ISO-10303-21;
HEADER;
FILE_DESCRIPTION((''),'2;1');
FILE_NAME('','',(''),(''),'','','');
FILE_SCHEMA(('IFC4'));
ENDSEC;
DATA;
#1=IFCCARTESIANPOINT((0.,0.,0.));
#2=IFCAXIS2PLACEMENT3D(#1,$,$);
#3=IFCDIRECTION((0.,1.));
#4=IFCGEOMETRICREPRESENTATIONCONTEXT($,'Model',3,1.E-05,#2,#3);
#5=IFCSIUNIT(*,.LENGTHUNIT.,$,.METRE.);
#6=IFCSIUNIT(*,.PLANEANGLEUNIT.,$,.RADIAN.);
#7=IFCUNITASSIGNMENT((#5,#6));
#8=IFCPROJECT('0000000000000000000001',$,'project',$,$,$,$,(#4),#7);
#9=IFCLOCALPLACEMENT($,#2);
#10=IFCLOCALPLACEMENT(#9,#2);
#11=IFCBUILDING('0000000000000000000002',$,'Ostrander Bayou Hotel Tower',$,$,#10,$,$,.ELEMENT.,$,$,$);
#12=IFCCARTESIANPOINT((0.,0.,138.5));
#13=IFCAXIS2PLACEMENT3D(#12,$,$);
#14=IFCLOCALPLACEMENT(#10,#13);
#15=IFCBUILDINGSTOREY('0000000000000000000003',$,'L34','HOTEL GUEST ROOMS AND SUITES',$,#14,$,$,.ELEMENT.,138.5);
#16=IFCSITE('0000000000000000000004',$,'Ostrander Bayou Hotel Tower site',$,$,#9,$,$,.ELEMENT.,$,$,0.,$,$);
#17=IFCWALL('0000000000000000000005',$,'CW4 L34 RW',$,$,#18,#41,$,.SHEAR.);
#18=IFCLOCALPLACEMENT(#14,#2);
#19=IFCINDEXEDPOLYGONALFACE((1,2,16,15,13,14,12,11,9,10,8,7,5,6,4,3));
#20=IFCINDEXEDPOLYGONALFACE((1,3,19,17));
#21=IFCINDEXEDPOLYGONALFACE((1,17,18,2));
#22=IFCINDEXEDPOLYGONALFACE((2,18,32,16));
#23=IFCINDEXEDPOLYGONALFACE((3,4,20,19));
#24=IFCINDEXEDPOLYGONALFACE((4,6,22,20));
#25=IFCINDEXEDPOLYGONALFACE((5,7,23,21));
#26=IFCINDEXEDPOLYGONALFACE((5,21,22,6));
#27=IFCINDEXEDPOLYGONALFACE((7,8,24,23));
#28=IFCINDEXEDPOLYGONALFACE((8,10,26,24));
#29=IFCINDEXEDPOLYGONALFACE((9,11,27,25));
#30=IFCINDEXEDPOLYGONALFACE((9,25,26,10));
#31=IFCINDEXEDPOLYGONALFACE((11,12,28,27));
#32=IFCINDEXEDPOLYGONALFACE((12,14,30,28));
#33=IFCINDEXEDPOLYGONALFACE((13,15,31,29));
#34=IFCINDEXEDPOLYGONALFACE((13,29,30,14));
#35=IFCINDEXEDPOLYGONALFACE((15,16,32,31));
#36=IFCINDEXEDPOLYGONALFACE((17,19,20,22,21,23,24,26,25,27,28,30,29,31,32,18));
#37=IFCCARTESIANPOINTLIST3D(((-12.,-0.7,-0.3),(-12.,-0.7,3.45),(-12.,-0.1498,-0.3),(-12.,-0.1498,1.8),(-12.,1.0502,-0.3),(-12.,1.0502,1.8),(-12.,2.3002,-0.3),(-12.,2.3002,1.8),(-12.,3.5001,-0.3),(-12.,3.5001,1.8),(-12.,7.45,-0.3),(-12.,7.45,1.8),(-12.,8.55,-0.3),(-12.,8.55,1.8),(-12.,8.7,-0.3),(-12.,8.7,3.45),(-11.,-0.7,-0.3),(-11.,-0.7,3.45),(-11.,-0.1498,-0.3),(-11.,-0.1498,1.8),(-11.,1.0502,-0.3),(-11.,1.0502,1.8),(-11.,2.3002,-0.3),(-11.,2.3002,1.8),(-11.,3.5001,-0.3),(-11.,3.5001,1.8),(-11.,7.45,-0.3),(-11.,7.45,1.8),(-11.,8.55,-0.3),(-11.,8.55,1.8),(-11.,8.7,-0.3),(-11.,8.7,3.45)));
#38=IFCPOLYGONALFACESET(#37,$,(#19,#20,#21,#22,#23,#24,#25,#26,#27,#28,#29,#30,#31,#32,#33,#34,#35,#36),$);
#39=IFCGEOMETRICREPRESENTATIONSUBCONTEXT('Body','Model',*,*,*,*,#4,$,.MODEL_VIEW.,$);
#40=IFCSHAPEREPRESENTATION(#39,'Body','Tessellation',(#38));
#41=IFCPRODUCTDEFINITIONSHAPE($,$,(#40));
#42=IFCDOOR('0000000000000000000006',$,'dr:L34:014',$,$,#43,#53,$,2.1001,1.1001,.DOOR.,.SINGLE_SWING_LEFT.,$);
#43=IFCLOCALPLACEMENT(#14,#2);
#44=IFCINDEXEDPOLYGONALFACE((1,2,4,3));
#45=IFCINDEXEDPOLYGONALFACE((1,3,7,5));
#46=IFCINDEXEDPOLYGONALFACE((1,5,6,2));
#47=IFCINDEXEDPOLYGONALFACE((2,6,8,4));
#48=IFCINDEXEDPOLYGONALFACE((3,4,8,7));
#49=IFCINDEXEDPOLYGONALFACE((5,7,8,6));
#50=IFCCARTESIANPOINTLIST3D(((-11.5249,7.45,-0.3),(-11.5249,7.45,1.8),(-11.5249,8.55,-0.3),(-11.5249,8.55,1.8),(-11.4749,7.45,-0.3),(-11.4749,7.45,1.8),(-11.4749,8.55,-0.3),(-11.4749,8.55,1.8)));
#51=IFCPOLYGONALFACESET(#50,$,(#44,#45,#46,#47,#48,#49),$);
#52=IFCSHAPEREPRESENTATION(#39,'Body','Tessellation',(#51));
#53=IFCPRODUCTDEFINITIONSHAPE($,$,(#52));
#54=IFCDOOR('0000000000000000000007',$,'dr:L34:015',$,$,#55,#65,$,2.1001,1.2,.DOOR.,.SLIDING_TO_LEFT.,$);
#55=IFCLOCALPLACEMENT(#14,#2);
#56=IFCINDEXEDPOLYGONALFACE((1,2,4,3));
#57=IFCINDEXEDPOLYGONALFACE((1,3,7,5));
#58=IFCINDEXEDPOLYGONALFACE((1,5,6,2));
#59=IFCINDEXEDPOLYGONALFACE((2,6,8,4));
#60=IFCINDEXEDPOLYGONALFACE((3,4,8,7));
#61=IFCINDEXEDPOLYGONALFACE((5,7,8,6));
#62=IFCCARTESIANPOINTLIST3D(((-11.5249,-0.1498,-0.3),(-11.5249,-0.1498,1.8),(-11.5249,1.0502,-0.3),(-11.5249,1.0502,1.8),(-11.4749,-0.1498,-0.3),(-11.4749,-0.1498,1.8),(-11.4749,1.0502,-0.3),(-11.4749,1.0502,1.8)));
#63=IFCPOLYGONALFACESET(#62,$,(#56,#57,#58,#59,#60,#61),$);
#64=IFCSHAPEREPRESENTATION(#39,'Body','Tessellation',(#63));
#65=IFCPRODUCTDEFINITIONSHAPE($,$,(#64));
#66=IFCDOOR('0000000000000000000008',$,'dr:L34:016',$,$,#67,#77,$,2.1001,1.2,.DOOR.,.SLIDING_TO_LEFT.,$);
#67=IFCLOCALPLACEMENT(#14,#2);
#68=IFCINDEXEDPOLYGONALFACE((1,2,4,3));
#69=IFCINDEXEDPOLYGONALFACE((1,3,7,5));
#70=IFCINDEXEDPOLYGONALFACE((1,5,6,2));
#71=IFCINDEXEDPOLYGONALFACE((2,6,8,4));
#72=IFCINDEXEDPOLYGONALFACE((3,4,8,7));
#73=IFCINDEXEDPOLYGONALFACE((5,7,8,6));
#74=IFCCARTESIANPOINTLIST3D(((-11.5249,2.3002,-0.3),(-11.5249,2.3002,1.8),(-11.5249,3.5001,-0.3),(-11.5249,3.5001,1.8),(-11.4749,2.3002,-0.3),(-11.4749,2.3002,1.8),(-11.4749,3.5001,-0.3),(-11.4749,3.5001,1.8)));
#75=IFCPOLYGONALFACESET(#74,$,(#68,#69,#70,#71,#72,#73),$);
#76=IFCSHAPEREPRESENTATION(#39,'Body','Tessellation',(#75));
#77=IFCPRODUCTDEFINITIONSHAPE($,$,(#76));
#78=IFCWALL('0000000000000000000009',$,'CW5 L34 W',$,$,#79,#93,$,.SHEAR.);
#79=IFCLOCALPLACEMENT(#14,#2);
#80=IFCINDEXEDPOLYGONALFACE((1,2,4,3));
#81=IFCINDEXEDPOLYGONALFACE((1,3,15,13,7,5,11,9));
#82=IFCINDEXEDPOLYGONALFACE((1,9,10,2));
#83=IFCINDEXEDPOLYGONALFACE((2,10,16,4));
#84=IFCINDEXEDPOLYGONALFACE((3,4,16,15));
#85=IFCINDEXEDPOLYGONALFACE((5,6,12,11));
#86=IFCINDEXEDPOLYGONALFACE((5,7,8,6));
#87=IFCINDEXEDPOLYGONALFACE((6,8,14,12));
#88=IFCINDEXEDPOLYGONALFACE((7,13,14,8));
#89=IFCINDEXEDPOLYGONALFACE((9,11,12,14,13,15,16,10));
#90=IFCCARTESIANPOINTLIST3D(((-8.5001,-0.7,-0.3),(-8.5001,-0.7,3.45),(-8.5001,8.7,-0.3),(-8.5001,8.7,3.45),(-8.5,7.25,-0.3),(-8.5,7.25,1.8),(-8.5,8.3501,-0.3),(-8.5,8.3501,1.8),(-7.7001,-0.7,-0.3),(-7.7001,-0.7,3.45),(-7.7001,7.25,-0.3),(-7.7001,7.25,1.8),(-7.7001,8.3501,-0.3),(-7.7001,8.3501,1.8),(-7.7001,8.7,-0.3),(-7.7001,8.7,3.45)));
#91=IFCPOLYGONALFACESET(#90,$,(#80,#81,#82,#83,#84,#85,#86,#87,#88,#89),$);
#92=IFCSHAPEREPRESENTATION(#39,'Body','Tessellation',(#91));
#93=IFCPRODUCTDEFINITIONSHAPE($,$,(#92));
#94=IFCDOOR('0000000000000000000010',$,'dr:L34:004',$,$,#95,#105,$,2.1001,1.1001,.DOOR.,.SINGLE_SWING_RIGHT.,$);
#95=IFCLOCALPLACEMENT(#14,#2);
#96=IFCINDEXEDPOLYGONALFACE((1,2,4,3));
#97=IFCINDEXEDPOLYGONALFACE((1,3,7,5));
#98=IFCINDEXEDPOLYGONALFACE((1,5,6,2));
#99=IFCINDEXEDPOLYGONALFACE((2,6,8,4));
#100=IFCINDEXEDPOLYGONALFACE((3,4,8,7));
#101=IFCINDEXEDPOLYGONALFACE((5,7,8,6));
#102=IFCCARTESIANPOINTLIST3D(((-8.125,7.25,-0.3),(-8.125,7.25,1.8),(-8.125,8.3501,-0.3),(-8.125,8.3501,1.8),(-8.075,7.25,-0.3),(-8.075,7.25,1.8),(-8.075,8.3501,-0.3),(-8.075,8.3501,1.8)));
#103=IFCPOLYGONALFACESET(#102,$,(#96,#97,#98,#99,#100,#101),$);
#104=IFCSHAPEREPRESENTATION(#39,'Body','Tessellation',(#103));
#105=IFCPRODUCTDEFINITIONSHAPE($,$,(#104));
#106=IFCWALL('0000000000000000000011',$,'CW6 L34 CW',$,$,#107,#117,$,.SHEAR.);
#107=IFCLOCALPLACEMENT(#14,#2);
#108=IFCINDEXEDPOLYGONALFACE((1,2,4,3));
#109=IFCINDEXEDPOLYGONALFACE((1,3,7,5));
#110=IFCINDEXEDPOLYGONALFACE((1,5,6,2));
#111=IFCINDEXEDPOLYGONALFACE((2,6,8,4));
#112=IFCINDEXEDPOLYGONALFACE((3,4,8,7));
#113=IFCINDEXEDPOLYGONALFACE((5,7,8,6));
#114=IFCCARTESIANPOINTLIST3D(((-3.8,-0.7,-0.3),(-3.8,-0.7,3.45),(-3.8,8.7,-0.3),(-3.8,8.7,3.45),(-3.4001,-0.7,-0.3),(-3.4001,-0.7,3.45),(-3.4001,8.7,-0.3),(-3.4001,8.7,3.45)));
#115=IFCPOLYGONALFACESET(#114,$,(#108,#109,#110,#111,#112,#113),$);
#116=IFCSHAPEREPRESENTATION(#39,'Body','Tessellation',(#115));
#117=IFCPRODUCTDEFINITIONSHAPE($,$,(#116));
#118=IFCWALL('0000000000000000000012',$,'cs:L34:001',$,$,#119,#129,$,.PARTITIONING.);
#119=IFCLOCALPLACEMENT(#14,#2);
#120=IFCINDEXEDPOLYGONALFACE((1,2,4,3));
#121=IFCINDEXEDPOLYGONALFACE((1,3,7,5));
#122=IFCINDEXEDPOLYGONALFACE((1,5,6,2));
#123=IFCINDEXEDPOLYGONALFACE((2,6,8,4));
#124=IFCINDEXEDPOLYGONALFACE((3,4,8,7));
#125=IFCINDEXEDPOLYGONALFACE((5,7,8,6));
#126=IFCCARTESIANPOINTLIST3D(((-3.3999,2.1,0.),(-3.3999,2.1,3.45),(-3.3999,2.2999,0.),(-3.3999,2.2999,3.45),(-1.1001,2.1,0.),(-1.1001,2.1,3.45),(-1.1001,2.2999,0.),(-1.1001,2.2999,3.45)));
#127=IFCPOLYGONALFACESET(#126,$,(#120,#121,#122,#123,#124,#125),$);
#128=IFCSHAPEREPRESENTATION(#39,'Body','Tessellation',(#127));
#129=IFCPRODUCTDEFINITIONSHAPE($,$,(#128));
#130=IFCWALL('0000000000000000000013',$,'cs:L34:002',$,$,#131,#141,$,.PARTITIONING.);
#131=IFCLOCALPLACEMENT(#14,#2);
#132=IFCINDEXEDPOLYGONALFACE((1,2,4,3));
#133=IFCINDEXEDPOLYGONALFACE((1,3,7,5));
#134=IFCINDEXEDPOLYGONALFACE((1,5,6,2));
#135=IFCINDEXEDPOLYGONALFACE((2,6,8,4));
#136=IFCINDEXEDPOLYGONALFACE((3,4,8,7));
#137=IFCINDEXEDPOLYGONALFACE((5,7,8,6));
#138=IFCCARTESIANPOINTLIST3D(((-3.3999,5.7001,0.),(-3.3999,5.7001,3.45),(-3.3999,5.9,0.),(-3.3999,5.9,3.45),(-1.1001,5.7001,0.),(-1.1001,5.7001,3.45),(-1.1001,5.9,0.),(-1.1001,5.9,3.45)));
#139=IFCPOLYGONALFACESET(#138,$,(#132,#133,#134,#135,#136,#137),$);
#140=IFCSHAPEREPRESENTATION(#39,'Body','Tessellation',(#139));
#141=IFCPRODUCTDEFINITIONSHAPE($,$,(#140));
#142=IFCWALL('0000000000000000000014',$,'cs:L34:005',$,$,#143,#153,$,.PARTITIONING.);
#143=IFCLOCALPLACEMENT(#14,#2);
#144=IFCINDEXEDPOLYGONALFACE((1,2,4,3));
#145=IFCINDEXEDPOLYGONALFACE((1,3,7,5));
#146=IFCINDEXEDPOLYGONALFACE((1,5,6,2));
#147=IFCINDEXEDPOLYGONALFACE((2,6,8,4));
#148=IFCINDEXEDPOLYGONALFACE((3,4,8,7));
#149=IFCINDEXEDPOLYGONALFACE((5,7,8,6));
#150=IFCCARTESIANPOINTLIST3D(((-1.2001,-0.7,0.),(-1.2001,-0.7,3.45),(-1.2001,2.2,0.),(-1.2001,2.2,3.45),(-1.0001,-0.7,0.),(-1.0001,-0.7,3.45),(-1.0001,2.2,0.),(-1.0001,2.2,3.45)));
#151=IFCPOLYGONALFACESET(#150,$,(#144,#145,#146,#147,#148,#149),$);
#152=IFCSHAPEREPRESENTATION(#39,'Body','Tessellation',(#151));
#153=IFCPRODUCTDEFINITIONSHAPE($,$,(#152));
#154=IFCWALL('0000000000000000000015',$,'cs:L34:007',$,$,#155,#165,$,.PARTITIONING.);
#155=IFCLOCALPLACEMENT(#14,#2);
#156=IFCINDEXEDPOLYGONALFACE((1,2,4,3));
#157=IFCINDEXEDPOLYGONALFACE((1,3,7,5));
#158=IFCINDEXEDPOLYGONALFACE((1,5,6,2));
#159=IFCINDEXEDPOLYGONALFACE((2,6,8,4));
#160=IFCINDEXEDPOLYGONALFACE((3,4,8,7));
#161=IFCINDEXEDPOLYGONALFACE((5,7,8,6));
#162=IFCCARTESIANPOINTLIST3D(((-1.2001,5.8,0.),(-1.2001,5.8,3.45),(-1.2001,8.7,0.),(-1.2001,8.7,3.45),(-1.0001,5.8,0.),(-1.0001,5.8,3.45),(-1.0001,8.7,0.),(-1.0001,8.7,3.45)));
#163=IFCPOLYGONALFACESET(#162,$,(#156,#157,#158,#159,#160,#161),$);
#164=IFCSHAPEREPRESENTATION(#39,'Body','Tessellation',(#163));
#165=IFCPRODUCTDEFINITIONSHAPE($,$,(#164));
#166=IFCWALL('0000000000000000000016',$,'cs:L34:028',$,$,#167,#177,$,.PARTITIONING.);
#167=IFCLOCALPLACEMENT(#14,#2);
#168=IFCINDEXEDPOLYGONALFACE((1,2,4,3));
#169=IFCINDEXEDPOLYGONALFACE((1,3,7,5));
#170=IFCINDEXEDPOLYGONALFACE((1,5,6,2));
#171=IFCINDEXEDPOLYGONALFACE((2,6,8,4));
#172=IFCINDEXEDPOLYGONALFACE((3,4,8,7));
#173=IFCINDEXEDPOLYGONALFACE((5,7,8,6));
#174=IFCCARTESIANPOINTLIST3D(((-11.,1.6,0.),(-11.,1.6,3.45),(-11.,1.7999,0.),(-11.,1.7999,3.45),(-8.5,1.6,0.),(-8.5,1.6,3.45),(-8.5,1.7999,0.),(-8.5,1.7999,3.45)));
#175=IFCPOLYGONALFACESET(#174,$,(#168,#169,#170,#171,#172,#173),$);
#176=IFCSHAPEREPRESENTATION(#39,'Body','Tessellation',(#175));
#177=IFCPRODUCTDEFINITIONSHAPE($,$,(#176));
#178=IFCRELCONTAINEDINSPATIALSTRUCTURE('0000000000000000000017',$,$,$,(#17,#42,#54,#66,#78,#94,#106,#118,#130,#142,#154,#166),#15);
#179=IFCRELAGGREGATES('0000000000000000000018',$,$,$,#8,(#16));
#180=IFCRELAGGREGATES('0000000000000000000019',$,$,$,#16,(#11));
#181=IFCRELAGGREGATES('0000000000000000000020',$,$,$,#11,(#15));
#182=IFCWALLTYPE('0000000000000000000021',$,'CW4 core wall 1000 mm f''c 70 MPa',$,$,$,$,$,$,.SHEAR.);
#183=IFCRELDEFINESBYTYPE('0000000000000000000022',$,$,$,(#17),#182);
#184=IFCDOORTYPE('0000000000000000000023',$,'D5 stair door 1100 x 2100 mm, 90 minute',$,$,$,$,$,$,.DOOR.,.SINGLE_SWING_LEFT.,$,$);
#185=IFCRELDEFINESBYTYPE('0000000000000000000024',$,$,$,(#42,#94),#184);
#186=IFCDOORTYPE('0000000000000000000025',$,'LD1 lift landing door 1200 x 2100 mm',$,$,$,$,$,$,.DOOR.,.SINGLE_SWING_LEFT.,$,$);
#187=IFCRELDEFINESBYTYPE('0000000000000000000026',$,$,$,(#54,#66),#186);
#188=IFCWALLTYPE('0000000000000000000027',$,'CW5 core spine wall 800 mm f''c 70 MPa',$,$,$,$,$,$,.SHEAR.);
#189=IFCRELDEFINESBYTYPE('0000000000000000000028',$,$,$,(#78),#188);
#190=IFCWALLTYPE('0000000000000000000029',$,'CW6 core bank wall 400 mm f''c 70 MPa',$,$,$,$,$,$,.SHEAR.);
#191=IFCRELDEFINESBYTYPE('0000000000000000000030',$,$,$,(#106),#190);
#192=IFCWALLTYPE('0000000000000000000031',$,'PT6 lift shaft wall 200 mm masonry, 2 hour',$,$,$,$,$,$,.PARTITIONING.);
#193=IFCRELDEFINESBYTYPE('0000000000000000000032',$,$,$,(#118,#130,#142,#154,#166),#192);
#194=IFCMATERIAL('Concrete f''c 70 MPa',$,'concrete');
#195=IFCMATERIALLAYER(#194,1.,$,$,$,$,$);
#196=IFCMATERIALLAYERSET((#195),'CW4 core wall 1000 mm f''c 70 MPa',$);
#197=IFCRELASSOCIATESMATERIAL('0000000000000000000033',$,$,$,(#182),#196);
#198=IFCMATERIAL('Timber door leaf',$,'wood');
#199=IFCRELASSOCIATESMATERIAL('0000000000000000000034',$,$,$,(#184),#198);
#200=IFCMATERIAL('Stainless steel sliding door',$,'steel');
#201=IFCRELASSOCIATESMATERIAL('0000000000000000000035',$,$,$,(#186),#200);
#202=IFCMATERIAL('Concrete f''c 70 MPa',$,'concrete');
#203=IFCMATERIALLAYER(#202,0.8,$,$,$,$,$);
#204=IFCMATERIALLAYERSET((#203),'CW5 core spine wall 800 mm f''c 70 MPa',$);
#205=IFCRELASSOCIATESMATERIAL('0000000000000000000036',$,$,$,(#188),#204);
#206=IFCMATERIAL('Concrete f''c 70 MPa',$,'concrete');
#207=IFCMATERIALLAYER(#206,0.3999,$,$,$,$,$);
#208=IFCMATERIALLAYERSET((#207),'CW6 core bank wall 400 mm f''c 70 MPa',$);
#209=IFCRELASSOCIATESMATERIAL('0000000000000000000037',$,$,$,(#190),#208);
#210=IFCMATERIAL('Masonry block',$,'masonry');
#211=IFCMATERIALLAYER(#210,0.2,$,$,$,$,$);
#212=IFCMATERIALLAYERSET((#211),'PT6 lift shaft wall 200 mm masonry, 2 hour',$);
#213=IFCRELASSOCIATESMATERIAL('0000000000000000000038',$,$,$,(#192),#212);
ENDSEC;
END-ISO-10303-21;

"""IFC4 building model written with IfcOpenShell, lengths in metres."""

from ifc_helpers import new_model, si_unit, direction, frame, frame_2d, origin, place, context, subcontext, project, spatial, rectangle, extrude, material, layer, layer_set, type_object, element, fill, save


model = new_model("IFC4")

# Units and contexts
model_context = context("Model", 3, precision=1e-05, world=origin(), true_north=direction((0.0, 1.0)))
body_context = subcontext(model_context, "Body", "Model", "MODEL_VIEW")
ifc_project = project(units=[si_unit("LENGTHUNIT", "METRE"), si_unit("PLANEANGLEUNIT", "RADIAN")], contexts=[model_context])

# Site, building, storey
site_placement = place(None, origin())
site = spatial("IfcSite", under=ifc_project, at=site_placement, Name="Ostrander Bayou Hotel Tower site", CompositionType="ELEMENT", RefElevation=0.0)
building_placement = place(site_placement, origin())
building = spatial("IfcBuilding", under=site, at=building_placement, Name="Ostrander Bayou Hotel Tower", CompositionType="ELEMENT")
storey_placement = place(building_placement, frame((0.0, 0.0, 138.5)))
storey = spatial("IfcBuildingStorey", under=building, at=storey_placement, Name="L34", Description="HOTEL GUEST ROOMS AND SUITES", CompositionType="ELEMENT", Elevation=138.5)

# Wall, openings, doors
ifc_material_1 = material(Name="Concrete f'c 70 MPa", Category="concrete")
ifc_layer_1 = layer(ifc_material_1, 1.0)
ifc_layer_set_1 = layer_set([ifc_layer_1], Name="CW4 core wall 1000 mm f'c 70 MPa")
wall_type_1 = type_object("IfcWallType", Name="CW4 core wall 1000 mm f'c 70 MPa", PredefinedType="SHEAR", material=ifc_layer_set_1)
wall_1_placement = place(storey_placement, frame((-11.5, -0.7, -0.3), z_axis=(0.0, 0.0, 1.0), x_axis=(0.0, 1.0, 0.0)))
wall_1 = element("IfcWall", 1, at=wall_1_placement, inside=storey, type_object=wall_type_1, Name="CW4 L34 RW", PredefinedType="SHEAR", context=body_context, shape_type="SweptSolid", body=[
    extrude(rectangle(XDim=9.3999, YDim=1.0, at=frame_2d((4.7, 0.0))), origin(), (0.0, 0.0, 1.0), 3.75),
])
opening_1_placement = place(wall_1_placement, frame((8.1499, 0.0, 0.0)))
opening_1 = element("IfcOpeningElement", 2, at=opening_1_placement, cuts=wall_1, PredefinedType="OPENING", context=body_context, shape_type="SweptSolid", body=[
    extrude(rectangle(XDim=1.1001, YDim=2.1001, at=frame_2d((0.55, 1.05))), frame((0.0, 0.5, 0.0), z_axis=(0.0, -1.0, 0.0), x_axis=(1.0, 0.0, 0.0)), (0.0, 0.0, 1.0), 1.0),
])
opening_2_placement = place(wall_1_placement, frame((0.55, 0.0, 0.0)))
opening_2 = element("IfcOpeningElement", 3, at=opening_2_placement, cuts=wall_1, PredefinedType="OPENING", context=body_context, shape_type="SweptSolid", body=[
    extrude(rectangle(XDim=1.2, YDim=2.1001, at=frame_2d((0.6001, 1.05))), frame((0.0, 0.5, 0.0), z_axis=(0.0, -1.0, 0.0), x_axis=(1.0, 0.0, 0.0)), (0.0, 0.0, 1.0), 1.0),
])
opening_3_placement = place(wall_1_placement, frame((3.0, 0.0, 0.0)))
opening_3 = element("IfcOpeningElement", 4, at=opening_3_placement, cuts=wall_1, PredefinedType="OPENING", context=body_context, shape_type="SweptSolid", body=[
    extrude(rectangle(XDim=1.2, YDim=2.1001, at=frame_2d((0.6001, 1.05))), frame((0.0, 0.5, 0.0), z_axis=(0.0, -1.0, 0.0), x_axis=(1.0, 0.0, 0.0)), (0.0, 0.0, 1.0), 1.0),
])
ifc_material_2 = material(Name="Timber door leaf", Category="wood")
door_type_1 = type_object("IfcDoorType", Name="D5 stair door 1100 x 2100 mm, 90 minute", OperationType="SINGLE_SWING_LEFT", PredefinedType="DOOR", material=ifc_material_2)
door_1_placement = place(opening_1_placement, origin())
door_1 = element("IfcDoor", 5, at=door_1_placement, inside=storey, type_object=door_type_1, Name="dr:L34:014", OperationType="SINGLE_SWING_LEFT", OverallHeight=2.1001, OverallWidth=1.1001, PredefinedType="DOOR", context=body_context, shape_type="SweptSolid", body=[
    extrude(rectangle(XDim=1.1001, YDim=2.1001, at=frame_2d((0.55, 1.05))), frame((0.0, 0.0249, 0.0), z_axis=(0.0, -1.0, 0.0), x_axis=(1.0, 0.0, 0.0)), (0.0, 0.0, 1.0), 0.05),
])
fill(opening_1, door_1)
ifc_material_3 = material(Name="Stainless steel sliding door", Category="steel")
door_type_2 = type_object("IfcDoorType", Name="LD1 lift landing door 1200 x 2100 mm", OperationType="SINGLE_SWING_LEFT", PredefinedType="DOOR", material=ifc_material_3)
door_2_placement = place(opening_2_placement, origin())
door_2 = element("IfcDoor", 6, at=door_2_placement, inside=storey, type_object=door_type_2, Name="dr:L34:015", OperationType="SLIDING_TO_LEFT", OverallHeight=2.1001, OverallWidth=1.2, PredefinedType="DOOR", context=body_context, shape_type="SweptSolid", body=[
    extrude(rectangle(XDim=1.2, YDim=2.1001, at=frame_2d((0.6001, 1.05))), frame((0.0, 0.0249, 0.0), z_axis=(0.0, -1.0, 0.0), x_axis=(1.0, 0.0, 0.0)), (0.0, 0.0, 1.0), 0.05),
])
fill(opening_2, door_2)
door_3_placement = place(opening_3_placement, origin())
door_3 = element("IfcDoor", 7, at=door_3_placement, inside=storey, type_object=door_type_2, Name="dr:L34:016", OperationType="SLIDING_TO_LEFT", OverallHeight=2.1001, OverallWidth=1.2, PredefinedType="DOOR", context=body_context, shape_type="SweptSolid", body=[
    extrude(rectangle(XDim=1.2, YDim=2.1001, at=frame_2d((0.6001, 1.05))), frame((0.0, 0.0249, 0.0), z_axis=(0.0, -1.0, 0.0), x_axis=(1.0, 0.0, 0.0)), (0.0, 0.0, 1.0), 0.05),
])
fill(opening_3, door_3)

# Wall, opening, door
ifc_material_4 = material(Name="Concrete f'c 70 MPa", Category="concrete")
ifc_layer_2 = layer(ifc_material_4, 0.8)
ifc_layer_set_2 = layer_set([ifc_layer_2], Name="CW5 core spine wall 800 mm f'c 70 MPa")
wall_type_2 = type_object("IfcWallType", Name="CW5 core spine wall 800 mm f'c 70 MPa", PredefinedType="SHEAR", material=ifc_layer_set_2)
wall_2_placement = place(storey_placement, frame((-8.1001, -0.7, -0.3), z_axis=(0.0, 0.0, 1.0), x_axis=(0.0, 1.0, 0.0)))
wall_2 = element("IfcWall", 8, at=wall_2_placement, inside=storey, type_object=wall_type_2, Name="CW5 L34 W", PredefinedType="SHEAR", context=body_context, shape_type="SweptSolid", body=[
    extrude(rectangle(XDim=9.3999, YDim=0.8, at=frame_2d((4.7, 0.0))), origin(), (0.0, 0.0, 1.0), 3.75),
])
opening_4_placement = place(wall_2_placement, frame((7.95, 0.0, 0.0)))
opening_4 = element("IfcOpeningElement", 9, at=opening_4_placement, cuts=wall_2, PredefinedType="OPENING", context=body_context, shape_type="SweptSolid", body=[
    extrude(rectangle(XDim=1.1001, YDim=2.1001, at=frame_2d((0.55, 1.05))), frame((0.0, 0.3999, 0.0), z_axis=(0.0, -1.0, 0.0), x_axis=(1.0, 0.0, 0.0)), (0.0, 0.0, 1.0), 0.8),
])
door_4_placement = place(opening_4_placement, origin())
door_4 = element("IfcDoor", 10, at=door_4_placement, inside=storey, type_object=door_type_1, Name="dr:L34:004", OperationType="SINGLE_SWING_RIGHT", OverallHeight=2.1001, OverallWidth=1.1001, PredefinedType="DOOR", context=body_context, shape_type="SweptSolid", body=[
    extrude(rectangle(XDim=1.1001, YDim=2.1001, at=frame_2d((0.55, 1.05))), frame((0.0, 0.0249, 0.0), z_axis=(0.0, -1.0, 0.0), x_axis=(1.0, 0.0, 0.0)), (0.0, 0.0, 1.0), 0.05),
])
fill(opening_4, door_4)

# Walls
ifc_material_5 = material(Name="Concrete f'c 70 MPa", Category="concrete")
ifc_layer_3 = layer(ifc_material_5, 0.3999)
ifc_layer_set_3 = layer_set([ifc_layer_3], Name="CW6 core bank wall 400 mm f'c 70 MPa")
wall_type_3 = type_object("IfcWallType", Name="CW6 core bank wall 400 mm f'c 70 MPa", PredefinedType="SHEAR", material=ifc_layer_set_3)
wall_3_placement = place(storey_placement, frame((-3.6001, -0.7, -0.3), z_axis=(0.0, 0.0, 1.0), x_axis=(0.0, 1.0, 0.0)))
element("IfcWall", 11, at=wall_3_placement, inside=storey, type_object=wall_type_3, Name="CW6 L34 CW", PredefinedType="SHEAR", context=body_context, shape_type="SweptSolid", body=[
    extrude(rectangle(XDim=9.3999, YDim=0.3999, at=frame_2d((4.7, 0.0))), origin(), (0.0, 0.0, 1.0), 3.75),
])
ifc_material_6 = material(Name="Masonry block", Category="masonry")
ifc_layer_4 = layer(ifc_material_6, 0.2)
ifc_layer_set_4 = layer_set([ifc_layer_4], Name="PT6 lift shaft wall 200 mm masonry, 2 hour")
wall_type_4 = type_object("IfcWallType", Name="PT6 lift shaft wall 200 mm masonry, 2 hour", PredefinedType="PARTITIONING", material=ifc_layer_set_4)
for number, where, z_axis, x_axis, name in (
    (12, (-3.3999, 2.2, 0.0), (0.0, 0.0, 1.0), (1.0, 0.0, 0.0), "cs:L34:001"),
    (13, (-3.3999, 5.8, 0.0), (0.0, 0.0, 1.0), (1.0, 0.0, 0.0), "cs:L34:002"),
):
    element("IfcWall", number, at=place(storey_placement, frame(where, z_axis=z_axis, x_axis=x_axis)), inside=storey, type_object=wall_type_4, Name=name, PredefinedType="PARTITIONING", context=body_context, shape_type="SweptSolid", body=[
        extrude(rectangle(XDim=2.2998, YDim=0.2, at=frame_2d((1.1499, 0.0))), origin(), (0.0, 0.0, 1.0), 3.45),
    ])
for number, where, z_axis, x_axis, name in (
    (14, (-1.1001, -0.7, 0.0), (0.0, 0.0, 1.0), (0.0, 1.0, 0.0), "cs:L34:005"),
    (15, (-1.1001, 5.8, 0.0), (0.0, 0.0, 1.0), (0.0, 1.0, 0.0), "cs:L34:007"),
):
    element("IfcWall", number, at=place(storey_placement, frame(where, z_axis=z_axis, x_axis=x_axis)), inside=storey, type_object=wall_type_4, Name=name, PredefinedType="PARTITIONING", context=body_context, shape_type="SweptSolid", body=[
        extrude(rectangle(XDim=2.8999, YDim=0.2, at=frame_2d((1.45, 0.0))), origin(), (0.0, 0.0, 1.0), 3.45),
    ])
for number, where, z_axis, x_axis, name in (
    (16, (-11.0, 1.7, 0.0), (0.0, 0.0, 1.0), (1.0, 0.0, 0.0), "cs:L34:028"),
):
    element("IfcWall", number, at=place(storey_placement, frame(where, z_axis=z_axis, x_axis=x_axis)), inside=storey, type_object=wall_type_4, Name=name, PredefinedType="PARTITIONING", context=body_context, shape_type="SweptSolid", body=[
        extrude(rectangle(XDim=2.5, YDim=0.2, at=frame_2d((1.25, 0.0))), origin(), (0.0, 0.0, 1.0), 3.45),
    ])

save(model, "model.ifc")
